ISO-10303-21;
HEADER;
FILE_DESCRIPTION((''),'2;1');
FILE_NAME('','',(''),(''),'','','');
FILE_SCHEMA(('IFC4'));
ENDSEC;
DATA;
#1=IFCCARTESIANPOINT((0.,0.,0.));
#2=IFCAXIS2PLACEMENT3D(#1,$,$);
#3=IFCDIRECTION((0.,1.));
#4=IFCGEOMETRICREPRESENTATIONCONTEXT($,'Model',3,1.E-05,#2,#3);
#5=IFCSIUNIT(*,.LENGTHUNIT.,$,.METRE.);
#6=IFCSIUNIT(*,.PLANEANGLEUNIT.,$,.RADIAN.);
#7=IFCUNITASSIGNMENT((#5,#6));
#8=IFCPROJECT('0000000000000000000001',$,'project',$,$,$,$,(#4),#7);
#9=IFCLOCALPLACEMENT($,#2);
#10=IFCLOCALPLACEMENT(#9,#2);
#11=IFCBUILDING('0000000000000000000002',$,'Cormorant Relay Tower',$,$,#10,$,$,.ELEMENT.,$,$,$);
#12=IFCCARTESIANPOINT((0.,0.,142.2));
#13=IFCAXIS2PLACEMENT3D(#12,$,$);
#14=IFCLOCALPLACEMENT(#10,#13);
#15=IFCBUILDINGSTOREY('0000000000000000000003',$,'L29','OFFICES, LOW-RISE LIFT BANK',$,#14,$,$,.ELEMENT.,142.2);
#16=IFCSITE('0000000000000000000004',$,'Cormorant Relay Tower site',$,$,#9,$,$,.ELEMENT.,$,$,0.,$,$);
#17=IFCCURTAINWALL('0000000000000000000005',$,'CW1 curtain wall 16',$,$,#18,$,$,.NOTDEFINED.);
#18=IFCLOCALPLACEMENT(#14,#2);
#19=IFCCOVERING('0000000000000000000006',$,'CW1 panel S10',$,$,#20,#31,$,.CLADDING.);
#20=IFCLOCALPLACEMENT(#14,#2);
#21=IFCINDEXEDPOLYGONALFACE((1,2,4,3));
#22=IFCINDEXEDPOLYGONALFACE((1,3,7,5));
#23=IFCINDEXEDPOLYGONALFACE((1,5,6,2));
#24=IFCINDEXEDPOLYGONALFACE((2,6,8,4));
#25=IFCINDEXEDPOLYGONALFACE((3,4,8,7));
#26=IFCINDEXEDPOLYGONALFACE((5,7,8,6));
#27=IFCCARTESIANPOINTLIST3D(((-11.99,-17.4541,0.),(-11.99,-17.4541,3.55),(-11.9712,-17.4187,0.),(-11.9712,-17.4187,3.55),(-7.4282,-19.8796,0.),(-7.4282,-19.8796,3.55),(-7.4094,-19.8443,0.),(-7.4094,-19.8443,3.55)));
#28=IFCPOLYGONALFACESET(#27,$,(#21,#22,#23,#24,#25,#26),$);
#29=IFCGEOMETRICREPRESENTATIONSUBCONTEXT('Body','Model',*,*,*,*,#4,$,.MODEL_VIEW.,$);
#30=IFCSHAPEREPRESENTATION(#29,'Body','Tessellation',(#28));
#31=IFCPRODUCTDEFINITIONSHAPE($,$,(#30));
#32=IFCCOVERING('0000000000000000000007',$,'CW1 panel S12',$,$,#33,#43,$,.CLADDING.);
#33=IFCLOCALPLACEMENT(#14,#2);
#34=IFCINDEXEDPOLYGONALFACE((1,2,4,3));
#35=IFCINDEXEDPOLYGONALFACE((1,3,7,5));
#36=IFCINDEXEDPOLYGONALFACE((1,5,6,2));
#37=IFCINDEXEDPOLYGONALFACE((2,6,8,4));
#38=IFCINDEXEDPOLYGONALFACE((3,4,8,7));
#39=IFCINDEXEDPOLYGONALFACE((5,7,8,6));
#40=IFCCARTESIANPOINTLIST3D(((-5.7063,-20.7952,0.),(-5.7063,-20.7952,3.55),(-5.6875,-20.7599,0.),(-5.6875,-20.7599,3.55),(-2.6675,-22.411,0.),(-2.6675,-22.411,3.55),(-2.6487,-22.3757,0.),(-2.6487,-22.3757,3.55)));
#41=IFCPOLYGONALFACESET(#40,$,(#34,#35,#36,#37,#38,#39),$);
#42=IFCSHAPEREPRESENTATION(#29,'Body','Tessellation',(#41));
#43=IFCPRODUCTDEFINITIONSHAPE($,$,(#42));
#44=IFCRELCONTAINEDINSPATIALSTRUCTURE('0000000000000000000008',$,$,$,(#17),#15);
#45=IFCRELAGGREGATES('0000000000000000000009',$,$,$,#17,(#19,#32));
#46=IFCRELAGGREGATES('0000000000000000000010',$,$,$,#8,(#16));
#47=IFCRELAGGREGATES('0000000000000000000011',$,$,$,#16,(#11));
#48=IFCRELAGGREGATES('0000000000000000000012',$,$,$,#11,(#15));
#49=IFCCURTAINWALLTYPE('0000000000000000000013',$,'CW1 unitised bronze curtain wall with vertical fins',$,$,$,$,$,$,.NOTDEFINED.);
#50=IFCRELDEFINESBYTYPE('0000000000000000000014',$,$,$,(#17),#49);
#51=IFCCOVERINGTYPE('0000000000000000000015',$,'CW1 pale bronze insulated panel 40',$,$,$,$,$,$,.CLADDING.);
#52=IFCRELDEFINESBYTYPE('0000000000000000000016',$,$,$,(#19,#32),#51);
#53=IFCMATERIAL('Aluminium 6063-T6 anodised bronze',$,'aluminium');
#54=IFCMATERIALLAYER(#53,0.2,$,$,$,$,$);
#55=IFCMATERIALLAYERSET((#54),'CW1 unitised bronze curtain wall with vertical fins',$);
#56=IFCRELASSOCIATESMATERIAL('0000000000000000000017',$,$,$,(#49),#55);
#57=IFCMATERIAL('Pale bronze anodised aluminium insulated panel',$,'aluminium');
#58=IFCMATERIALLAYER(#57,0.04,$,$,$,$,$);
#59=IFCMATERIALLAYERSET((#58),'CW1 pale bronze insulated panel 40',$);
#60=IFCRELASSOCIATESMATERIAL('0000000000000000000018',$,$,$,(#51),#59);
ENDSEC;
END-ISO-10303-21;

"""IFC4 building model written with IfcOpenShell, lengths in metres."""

from ifc_helpers import new_model, si_unit, direction, frame, origin, origin_2d, place, context, subcontext, project, spatial, rectangle, extrude, material, layer, layer_set, type_object, element, aggregate, save


model = new_model("IFC4")

# Units and contexts
model_context = context("Model", 3, precision=1e-05, world=origin(), true_north=direction((0.0, 1.0)))
body_context = subcontext(model_context, "Body", "Model", "MODEL_VIEW")
ifc_project = project(units=[si_unit("LENGTHUNIT", "METRE"), si_unit("PLANEANGLEUNIT", "RADIAN")], contexts=[model_context])

# Site, building, storey
site_placement = place(None, origin())
site = spatial("IfcSite", under=ifc_project, at=site_placement, Name="Cormorant Relay Tower site", CompositionType="ELEMENT", RefElevation=0.0)
building_placement = place(site_placement, origin())
building = spatial("IfcBuilding", under=site, at=building_placement, Name="Cormorant Relay Tower", CompositionType="ELEMENT")
storey_placement = place(building_placement, frame((0.0, 0.0, 142.2)))
storey = spatial("IfcBuildingStorey", under=building, at=storey_placement, Name="L29", Description="OFFICES, LOW-RISE LIFT BANK", CompositionType="ELEMENT", Elevation=142.2)

# Shared definitions
ifc_material_1 = material(Name="Aluminium 6063-T6 anodised bronze", Category="aluminium")
ifc_layer_1 = layer(ifc_material_1, 0.2)
ifc_layer_set_1 = layer_set([ifc_layer_1], Name="CW1 unitised bronze curtain wall with vertical fins")
curtain_wall_type = type_object("IfcCurtainWallType", Name="CW1 unitised bronze curtain wall with vertical fins", PredefinedType="NOTDEFINED", material=ifc_layer_set_1)

# Curtain wall
curtain_wall_1_placement = place(storey_placement, origin())
curtain_wall_1 = element("IfcCurtainWall", 1, at=curtain_wall_1_placement, inside=storey, type_object=curtain_wall_type, Name="CW1 curtain wall 16", PredefinedType="NOTDEFINED")

# Coverings
ifc_material_2 = material(Name="Pale bronze anodised aluminium insulated panel", Category="aluminium")
ifc_layer_2 = layer(ifc_material_2, 0.04)
ifc_layer_set_2 = layer_set([ifc_layer_2], Name="CW1 pale bronze insulated panel 40")
covering_type = type_object("IfcCoveringType", Name="CW1 pale bronze insulated panel 40", PredefinedType="CLADDING", material=ifc_layer_set_2)
covering_1_placement = place(storey_placement, frame((-9.6997, -18.6492, 0.0), z_axis=(0.0, 0.0, 1.0), x_axis=(0.882948, -0.469472, 0.0)))
covering_1 = element("IfcCovering", 2, at=covering_1_placement, type_object=covering_type, Name="CW1 panel S10", PredefinedType="CLADDING", context=body_context, shape_type="SweptSolid", body=[
    extrude(rectangle(XDim=5.1665, YDim=0.04, at=origin_2d()), origin(), (0.0, 0.0, 1.0), 3.55),
])
covering_2_placement = place(storey_placement, frame((-4.1775, -21.5854, 0.0), z_axis=(0.0, 0.0, 1.0), x_axis=(0.882948, -0.469472, 0.0)))
covering_2 = element("IfcCovering", 3, at=covering_2_placement, type_object=covering_type, Name="CW1 panel S12", PredefinedType="CLADDING", context=body_context, shape_type="SweptSolid", body=[
    extrude(rectangle(XDim=3.4417, YDim=0.04, at=origin_2d()), origin(), (0.0, 0.0, 1.0), 3.55),
])
aggregate(curtain_wall_1, [covering_1, covering_2])

save(model, "model.ifc")
